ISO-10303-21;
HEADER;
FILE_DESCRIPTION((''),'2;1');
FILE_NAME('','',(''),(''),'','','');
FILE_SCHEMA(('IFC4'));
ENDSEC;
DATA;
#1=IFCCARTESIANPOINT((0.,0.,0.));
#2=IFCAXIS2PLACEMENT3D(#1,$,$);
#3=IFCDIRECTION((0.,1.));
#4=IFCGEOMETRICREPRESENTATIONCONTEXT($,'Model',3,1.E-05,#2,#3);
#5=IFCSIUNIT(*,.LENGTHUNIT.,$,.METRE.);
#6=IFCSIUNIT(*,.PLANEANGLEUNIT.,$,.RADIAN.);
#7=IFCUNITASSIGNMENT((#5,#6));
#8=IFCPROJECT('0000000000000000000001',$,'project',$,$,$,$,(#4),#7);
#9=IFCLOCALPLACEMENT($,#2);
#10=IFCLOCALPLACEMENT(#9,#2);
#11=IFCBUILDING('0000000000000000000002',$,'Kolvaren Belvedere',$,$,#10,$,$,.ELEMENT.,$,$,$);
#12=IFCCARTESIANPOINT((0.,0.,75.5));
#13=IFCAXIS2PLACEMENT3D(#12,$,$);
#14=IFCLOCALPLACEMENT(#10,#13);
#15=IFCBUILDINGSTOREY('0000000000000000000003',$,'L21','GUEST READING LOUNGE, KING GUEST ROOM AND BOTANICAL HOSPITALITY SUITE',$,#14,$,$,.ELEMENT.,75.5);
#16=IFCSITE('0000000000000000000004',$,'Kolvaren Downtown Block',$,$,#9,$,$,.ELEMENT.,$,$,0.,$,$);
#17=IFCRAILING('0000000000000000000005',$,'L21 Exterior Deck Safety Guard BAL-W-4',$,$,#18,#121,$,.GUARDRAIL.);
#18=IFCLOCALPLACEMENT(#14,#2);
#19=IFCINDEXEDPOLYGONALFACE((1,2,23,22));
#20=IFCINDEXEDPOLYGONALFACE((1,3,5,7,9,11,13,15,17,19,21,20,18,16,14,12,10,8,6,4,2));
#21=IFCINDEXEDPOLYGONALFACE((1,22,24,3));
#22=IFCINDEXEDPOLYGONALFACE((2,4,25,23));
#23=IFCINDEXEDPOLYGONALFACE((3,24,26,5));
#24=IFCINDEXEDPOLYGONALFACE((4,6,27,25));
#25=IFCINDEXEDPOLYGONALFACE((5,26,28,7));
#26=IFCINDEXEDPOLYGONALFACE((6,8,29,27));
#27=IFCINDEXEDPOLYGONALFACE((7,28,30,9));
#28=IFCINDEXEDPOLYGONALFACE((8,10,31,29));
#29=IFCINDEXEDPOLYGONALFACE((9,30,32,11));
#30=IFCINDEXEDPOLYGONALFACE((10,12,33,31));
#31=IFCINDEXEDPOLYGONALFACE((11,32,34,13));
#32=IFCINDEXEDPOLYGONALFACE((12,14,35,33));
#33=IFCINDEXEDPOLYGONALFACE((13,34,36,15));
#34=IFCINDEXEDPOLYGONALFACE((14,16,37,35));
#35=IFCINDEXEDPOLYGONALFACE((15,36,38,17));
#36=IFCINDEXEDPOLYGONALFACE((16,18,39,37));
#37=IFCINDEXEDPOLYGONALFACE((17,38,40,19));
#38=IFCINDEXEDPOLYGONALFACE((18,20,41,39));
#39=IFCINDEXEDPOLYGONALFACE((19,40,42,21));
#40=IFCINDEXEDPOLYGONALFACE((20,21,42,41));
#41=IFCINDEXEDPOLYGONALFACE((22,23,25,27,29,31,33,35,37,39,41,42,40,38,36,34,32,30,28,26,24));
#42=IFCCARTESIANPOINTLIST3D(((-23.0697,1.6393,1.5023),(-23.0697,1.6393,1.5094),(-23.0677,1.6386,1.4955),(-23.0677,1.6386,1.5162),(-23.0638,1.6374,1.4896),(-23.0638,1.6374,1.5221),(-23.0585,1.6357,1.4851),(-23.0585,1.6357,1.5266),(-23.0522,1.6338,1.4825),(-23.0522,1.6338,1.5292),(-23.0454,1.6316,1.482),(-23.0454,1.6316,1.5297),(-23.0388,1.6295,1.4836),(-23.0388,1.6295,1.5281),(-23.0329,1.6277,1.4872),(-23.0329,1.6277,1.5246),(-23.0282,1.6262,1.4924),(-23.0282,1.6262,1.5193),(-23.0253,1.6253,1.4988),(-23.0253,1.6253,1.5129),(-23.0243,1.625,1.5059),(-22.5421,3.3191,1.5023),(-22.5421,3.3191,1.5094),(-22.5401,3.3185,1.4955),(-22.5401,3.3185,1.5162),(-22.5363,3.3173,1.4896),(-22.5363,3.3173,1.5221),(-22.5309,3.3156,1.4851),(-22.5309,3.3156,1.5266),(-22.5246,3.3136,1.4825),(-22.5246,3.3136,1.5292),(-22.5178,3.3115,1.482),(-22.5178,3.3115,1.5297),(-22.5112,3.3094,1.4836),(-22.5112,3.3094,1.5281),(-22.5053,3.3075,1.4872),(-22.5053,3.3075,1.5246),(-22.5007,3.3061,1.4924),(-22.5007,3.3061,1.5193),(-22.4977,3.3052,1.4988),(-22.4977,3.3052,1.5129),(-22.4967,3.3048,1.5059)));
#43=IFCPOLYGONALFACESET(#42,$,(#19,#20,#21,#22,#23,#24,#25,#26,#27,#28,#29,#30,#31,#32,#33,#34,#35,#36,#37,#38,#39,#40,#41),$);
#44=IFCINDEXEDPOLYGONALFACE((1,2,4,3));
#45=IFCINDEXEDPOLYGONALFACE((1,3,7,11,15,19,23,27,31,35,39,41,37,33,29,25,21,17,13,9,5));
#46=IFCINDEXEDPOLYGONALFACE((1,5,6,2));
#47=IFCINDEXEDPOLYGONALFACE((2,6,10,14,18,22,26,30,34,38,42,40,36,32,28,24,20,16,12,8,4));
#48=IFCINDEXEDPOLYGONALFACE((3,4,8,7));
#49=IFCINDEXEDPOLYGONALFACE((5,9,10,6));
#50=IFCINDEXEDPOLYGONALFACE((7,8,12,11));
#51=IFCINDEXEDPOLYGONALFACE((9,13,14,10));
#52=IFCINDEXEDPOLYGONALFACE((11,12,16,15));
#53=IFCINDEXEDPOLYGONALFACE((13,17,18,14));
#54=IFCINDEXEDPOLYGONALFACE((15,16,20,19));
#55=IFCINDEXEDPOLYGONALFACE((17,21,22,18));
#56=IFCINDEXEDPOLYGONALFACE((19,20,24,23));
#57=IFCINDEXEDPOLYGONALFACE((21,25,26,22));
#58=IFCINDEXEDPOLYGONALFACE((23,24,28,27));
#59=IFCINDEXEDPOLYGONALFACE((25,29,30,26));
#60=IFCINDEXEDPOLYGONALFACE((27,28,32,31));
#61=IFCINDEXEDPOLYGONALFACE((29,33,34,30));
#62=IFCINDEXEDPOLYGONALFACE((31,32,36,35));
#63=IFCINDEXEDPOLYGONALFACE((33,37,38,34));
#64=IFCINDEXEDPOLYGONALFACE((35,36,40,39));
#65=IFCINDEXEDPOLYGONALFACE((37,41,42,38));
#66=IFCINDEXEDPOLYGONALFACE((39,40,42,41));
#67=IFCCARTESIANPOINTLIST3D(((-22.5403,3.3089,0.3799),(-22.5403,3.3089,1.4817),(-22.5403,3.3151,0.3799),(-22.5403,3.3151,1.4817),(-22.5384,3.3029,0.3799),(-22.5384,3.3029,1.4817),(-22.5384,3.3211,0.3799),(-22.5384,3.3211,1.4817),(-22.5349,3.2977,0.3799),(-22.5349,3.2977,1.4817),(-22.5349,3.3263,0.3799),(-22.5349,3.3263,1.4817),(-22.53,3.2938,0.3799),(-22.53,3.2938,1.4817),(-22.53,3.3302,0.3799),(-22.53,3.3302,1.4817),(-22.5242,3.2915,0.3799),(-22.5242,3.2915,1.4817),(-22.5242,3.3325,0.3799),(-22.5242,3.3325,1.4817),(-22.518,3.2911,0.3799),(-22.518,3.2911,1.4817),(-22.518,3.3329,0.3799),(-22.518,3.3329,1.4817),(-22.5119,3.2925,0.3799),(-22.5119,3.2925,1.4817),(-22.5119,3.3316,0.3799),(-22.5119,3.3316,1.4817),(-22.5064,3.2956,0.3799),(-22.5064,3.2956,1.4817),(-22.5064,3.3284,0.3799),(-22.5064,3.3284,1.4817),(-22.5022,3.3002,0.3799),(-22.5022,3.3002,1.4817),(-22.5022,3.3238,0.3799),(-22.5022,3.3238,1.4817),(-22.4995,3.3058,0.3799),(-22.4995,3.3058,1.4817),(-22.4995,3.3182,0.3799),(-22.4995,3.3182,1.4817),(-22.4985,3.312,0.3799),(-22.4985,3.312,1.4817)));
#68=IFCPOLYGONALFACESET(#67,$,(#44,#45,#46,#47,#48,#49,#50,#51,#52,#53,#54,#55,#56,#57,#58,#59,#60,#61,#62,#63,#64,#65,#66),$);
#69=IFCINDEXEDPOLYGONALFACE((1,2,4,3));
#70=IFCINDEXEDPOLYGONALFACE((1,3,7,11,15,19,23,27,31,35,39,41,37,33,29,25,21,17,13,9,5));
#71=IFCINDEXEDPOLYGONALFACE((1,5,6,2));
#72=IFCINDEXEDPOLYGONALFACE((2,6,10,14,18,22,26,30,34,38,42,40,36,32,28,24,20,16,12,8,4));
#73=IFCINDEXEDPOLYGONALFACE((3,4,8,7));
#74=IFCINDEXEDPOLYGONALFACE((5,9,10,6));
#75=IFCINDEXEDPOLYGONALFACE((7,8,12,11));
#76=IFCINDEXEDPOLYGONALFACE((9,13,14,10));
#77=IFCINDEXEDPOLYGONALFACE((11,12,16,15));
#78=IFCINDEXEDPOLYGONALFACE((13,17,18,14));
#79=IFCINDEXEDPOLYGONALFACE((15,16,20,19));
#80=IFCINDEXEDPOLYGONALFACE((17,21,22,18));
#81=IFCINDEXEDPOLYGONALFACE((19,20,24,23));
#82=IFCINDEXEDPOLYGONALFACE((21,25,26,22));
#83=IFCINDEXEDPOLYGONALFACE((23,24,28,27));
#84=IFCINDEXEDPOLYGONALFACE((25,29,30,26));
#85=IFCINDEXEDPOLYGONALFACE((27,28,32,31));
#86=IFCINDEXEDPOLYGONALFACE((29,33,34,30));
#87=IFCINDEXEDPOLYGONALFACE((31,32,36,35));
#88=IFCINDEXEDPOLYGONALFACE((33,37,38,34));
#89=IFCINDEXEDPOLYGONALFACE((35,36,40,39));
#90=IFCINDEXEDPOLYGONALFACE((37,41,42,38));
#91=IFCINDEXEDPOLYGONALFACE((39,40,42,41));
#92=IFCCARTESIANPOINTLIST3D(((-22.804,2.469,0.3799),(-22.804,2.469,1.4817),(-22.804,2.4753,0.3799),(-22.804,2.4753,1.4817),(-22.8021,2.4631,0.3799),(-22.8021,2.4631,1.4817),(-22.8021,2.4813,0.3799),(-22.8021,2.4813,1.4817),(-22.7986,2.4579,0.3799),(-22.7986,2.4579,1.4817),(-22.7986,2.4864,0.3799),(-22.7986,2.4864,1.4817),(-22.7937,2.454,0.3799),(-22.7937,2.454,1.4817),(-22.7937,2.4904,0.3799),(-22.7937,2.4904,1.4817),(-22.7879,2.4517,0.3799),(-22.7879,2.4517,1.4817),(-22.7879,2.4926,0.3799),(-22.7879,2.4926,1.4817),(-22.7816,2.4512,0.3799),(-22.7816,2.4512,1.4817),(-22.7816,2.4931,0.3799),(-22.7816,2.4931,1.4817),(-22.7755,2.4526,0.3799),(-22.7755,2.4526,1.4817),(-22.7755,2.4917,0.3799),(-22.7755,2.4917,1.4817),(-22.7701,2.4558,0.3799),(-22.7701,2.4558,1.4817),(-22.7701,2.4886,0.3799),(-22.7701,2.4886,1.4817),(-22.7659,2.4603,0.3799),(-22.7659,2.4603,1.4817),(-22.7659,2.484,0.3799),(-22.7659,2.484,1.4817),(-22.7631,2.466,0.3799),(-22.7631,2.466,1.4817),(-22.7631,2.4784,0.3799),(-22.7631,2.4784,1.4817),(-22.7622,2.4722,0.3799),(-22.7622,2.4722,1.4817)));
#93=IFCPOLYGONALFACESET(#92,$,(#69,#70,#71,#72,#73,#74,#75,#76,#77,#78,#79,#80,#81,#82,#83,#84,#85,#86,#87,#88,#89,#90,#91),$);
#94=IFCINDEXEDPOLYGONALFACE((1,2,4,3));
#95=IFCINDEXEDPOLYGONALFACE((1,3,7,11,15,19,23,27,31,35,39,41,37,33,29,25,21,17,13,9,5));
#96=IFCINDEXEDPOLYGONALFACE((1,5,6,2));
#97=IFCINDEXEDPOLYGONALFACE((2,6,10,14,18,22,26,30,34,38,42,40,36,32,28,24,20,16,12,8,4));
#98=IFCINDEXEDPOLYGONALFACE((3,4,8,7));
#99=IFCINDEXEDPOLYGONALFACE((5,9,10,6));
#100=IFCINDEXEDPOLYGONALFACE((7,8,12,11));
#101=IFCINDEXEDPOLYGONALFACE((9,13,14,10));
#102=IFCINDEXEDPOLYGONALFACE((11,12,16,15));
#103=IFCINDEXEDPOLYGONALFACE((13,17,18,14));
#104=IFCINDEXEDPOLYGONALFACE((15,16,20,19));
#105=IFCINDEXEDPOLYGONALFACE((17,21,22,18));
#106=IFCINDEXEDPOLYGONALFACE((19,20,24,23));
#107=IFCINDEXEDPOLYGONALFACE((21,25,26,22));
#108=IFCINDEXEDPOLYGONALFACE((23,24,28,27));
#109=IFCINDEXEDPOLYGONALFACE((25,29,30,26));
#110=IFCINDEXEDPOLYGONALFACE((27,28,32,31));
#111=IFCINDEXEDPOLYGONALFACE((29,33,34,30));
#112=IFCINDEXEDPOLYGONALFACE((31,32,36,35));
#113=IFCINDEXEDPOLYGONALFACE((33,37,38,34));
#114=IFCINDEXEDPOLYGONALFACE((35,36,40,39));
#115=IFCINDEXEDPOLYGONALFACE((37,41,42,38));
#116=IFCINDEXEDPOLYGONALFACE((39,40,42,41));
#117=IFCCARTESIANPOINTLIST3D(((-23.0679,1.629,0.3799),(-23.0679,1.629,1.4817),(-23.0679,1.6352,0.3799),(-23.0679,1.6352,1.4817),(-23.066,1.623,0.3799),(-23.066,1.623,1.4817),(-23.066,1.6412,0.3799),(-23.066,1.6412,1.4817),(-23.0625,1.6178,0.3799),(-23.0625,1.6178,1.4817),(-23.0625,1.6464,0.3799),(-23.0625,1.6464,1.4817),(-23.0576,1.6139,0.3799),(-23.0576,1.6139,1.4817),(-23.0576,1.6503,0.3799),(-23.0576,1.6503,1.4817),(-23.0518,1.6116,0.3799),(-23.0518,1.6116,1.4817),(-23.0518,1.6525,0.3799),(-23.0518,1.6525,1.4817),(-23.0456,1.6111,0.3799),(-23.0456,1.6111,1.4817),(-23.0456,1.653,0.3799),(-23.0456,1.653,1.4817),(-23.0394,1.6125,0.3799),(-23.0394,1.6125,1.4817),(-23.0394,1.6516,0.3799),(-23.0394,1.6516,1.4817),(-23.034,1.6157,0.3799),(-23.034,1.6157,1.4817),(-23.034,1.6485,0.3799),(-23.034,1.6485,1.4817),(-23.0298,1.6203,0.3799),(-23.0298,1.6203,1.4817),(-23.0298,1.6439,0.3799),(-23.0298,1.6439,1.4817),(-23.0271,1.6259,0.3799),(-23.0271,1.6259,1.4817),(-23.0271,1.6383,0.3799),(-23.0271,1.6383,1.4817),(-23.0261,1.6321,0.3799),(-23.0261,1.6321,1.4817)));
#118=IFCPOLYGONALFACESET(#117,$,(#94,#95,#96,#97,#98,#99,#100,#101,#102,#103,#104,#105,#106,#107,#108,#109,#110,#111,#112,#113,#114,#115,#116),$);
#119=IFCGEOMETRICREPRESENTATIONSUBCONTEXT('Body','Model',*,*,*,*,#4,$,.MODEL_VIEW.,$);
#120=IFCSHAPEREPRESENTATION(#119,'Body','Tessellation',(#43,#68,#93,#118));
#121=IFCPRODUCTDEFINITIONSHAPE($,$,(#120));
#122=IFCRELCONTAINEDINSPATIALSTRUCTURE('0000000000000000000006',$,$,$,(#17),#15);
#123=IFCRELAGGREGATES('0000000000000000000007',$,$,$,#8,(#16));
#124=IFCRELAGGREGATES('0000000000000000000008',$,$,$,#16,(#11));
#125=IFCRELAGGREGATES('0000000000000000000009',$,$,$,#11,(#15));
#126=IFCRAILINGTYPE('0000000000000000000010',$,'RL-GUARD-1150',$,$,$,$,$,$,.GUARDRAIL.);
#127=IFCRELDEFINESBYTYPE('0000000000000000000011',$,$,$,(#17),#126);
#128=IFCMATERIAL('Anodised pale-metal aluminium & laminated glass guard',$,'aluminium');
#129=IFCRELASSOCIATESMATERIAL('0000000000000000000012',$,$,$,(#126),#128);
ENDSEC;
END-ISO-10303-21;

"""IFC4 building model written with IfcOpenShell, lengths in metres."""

from ifc_helpers import new_model, si_unit, direction, frame, origin, origin_2d, place, context, subcontext, project, spatial, circle, extrude, material, type_object, element, save


model = new_model("IFC4")

# Units and contexts
model_context = context("Model", 3, precision=1e-05, world=origin(), true_north=direction((0.0, 1.0)))
body_context = subcontext(model_context, "Body", "Model", "MODEL_VIEW")
ifc_project = project(units=[si_unit("LENGTHUNIT", "METRE"), si_unit("PLANEANGLEUNIT", "RADIAN")], contexts=[model_context])

# Site, building, storey
site_placement = place(None, origin())
site = spatial("IfcSite", under=ifc_project, at=site_placement, Name="Kolvaren Downtown Block", CompositionType="ELEMENT", RefElevation=0.0)
building_placement = place(site_placement, origin())
building = spatial("IfcBuilding", under=site, at=building_placement, Name="Kolvaren Belvedere", CompositionType="ELEMENT")
storey_placement = place(building_placement, frame((0.0, 0.0, 75.5)))
storey = spatial("IfcBuildingStorey", under=building, at=storey_placement, Name="L21", Description="GUEST READING LOUNGE, KING GUEST ROOM AND BOTANICAL HOSPITALITY SUITE", CompositionType="ELEMENT", Elevation=75.5)

# Railing
ifc_material_1 = material(Name="Anodised pale-metal aluminium & laminated glass guard", Category="aluminium")
railing_type = type_object("IfcRailingType", Name="RL-GUARD-1150", PredefinedType="GUARDRAIL", material=ifc_material_1)
railing_1_placement = place(storey_placement, frame((-22.5195, 3.312, 0.3799)))
element("IfcRailing", 1, at=railing_1_placement, inside=storey, type_object=railing_type, Name="L21 Exterior Deck Safety Guard BAL-W-4", PredefinedType="GUARDRAIL", context=body_context, shape_type="SweptSolid", body=[
    extrude(circle(Radius=0.0239, at=origin_2d()), frame((0.0, 0.0, 1.126), z_axis=(-0.299625, -0.954057, 0.0), x_axis=(0.954057, -0.299625, 0.0)), (0.0, 0.0, 1.0), 1.7607),
    extrude(circle(Radius=0.021, at=origin_2d()), origin(), (0.0, 0.0, 1.0), 1.1018),
    extrude(circle(Radius=0.021, at=origin_2d()), frame((-0.2637, -0.8398, 0.0)), (0.0, 0.0, 1.0), 1.1018),
    extrude(circle(Radius=0.021, at=origin_2d()), frame((-0.5276, -1.6799, 0.0)), (0.0, 0.0, 1.0), 1.1018),
])

save(model, "model.ifc")
